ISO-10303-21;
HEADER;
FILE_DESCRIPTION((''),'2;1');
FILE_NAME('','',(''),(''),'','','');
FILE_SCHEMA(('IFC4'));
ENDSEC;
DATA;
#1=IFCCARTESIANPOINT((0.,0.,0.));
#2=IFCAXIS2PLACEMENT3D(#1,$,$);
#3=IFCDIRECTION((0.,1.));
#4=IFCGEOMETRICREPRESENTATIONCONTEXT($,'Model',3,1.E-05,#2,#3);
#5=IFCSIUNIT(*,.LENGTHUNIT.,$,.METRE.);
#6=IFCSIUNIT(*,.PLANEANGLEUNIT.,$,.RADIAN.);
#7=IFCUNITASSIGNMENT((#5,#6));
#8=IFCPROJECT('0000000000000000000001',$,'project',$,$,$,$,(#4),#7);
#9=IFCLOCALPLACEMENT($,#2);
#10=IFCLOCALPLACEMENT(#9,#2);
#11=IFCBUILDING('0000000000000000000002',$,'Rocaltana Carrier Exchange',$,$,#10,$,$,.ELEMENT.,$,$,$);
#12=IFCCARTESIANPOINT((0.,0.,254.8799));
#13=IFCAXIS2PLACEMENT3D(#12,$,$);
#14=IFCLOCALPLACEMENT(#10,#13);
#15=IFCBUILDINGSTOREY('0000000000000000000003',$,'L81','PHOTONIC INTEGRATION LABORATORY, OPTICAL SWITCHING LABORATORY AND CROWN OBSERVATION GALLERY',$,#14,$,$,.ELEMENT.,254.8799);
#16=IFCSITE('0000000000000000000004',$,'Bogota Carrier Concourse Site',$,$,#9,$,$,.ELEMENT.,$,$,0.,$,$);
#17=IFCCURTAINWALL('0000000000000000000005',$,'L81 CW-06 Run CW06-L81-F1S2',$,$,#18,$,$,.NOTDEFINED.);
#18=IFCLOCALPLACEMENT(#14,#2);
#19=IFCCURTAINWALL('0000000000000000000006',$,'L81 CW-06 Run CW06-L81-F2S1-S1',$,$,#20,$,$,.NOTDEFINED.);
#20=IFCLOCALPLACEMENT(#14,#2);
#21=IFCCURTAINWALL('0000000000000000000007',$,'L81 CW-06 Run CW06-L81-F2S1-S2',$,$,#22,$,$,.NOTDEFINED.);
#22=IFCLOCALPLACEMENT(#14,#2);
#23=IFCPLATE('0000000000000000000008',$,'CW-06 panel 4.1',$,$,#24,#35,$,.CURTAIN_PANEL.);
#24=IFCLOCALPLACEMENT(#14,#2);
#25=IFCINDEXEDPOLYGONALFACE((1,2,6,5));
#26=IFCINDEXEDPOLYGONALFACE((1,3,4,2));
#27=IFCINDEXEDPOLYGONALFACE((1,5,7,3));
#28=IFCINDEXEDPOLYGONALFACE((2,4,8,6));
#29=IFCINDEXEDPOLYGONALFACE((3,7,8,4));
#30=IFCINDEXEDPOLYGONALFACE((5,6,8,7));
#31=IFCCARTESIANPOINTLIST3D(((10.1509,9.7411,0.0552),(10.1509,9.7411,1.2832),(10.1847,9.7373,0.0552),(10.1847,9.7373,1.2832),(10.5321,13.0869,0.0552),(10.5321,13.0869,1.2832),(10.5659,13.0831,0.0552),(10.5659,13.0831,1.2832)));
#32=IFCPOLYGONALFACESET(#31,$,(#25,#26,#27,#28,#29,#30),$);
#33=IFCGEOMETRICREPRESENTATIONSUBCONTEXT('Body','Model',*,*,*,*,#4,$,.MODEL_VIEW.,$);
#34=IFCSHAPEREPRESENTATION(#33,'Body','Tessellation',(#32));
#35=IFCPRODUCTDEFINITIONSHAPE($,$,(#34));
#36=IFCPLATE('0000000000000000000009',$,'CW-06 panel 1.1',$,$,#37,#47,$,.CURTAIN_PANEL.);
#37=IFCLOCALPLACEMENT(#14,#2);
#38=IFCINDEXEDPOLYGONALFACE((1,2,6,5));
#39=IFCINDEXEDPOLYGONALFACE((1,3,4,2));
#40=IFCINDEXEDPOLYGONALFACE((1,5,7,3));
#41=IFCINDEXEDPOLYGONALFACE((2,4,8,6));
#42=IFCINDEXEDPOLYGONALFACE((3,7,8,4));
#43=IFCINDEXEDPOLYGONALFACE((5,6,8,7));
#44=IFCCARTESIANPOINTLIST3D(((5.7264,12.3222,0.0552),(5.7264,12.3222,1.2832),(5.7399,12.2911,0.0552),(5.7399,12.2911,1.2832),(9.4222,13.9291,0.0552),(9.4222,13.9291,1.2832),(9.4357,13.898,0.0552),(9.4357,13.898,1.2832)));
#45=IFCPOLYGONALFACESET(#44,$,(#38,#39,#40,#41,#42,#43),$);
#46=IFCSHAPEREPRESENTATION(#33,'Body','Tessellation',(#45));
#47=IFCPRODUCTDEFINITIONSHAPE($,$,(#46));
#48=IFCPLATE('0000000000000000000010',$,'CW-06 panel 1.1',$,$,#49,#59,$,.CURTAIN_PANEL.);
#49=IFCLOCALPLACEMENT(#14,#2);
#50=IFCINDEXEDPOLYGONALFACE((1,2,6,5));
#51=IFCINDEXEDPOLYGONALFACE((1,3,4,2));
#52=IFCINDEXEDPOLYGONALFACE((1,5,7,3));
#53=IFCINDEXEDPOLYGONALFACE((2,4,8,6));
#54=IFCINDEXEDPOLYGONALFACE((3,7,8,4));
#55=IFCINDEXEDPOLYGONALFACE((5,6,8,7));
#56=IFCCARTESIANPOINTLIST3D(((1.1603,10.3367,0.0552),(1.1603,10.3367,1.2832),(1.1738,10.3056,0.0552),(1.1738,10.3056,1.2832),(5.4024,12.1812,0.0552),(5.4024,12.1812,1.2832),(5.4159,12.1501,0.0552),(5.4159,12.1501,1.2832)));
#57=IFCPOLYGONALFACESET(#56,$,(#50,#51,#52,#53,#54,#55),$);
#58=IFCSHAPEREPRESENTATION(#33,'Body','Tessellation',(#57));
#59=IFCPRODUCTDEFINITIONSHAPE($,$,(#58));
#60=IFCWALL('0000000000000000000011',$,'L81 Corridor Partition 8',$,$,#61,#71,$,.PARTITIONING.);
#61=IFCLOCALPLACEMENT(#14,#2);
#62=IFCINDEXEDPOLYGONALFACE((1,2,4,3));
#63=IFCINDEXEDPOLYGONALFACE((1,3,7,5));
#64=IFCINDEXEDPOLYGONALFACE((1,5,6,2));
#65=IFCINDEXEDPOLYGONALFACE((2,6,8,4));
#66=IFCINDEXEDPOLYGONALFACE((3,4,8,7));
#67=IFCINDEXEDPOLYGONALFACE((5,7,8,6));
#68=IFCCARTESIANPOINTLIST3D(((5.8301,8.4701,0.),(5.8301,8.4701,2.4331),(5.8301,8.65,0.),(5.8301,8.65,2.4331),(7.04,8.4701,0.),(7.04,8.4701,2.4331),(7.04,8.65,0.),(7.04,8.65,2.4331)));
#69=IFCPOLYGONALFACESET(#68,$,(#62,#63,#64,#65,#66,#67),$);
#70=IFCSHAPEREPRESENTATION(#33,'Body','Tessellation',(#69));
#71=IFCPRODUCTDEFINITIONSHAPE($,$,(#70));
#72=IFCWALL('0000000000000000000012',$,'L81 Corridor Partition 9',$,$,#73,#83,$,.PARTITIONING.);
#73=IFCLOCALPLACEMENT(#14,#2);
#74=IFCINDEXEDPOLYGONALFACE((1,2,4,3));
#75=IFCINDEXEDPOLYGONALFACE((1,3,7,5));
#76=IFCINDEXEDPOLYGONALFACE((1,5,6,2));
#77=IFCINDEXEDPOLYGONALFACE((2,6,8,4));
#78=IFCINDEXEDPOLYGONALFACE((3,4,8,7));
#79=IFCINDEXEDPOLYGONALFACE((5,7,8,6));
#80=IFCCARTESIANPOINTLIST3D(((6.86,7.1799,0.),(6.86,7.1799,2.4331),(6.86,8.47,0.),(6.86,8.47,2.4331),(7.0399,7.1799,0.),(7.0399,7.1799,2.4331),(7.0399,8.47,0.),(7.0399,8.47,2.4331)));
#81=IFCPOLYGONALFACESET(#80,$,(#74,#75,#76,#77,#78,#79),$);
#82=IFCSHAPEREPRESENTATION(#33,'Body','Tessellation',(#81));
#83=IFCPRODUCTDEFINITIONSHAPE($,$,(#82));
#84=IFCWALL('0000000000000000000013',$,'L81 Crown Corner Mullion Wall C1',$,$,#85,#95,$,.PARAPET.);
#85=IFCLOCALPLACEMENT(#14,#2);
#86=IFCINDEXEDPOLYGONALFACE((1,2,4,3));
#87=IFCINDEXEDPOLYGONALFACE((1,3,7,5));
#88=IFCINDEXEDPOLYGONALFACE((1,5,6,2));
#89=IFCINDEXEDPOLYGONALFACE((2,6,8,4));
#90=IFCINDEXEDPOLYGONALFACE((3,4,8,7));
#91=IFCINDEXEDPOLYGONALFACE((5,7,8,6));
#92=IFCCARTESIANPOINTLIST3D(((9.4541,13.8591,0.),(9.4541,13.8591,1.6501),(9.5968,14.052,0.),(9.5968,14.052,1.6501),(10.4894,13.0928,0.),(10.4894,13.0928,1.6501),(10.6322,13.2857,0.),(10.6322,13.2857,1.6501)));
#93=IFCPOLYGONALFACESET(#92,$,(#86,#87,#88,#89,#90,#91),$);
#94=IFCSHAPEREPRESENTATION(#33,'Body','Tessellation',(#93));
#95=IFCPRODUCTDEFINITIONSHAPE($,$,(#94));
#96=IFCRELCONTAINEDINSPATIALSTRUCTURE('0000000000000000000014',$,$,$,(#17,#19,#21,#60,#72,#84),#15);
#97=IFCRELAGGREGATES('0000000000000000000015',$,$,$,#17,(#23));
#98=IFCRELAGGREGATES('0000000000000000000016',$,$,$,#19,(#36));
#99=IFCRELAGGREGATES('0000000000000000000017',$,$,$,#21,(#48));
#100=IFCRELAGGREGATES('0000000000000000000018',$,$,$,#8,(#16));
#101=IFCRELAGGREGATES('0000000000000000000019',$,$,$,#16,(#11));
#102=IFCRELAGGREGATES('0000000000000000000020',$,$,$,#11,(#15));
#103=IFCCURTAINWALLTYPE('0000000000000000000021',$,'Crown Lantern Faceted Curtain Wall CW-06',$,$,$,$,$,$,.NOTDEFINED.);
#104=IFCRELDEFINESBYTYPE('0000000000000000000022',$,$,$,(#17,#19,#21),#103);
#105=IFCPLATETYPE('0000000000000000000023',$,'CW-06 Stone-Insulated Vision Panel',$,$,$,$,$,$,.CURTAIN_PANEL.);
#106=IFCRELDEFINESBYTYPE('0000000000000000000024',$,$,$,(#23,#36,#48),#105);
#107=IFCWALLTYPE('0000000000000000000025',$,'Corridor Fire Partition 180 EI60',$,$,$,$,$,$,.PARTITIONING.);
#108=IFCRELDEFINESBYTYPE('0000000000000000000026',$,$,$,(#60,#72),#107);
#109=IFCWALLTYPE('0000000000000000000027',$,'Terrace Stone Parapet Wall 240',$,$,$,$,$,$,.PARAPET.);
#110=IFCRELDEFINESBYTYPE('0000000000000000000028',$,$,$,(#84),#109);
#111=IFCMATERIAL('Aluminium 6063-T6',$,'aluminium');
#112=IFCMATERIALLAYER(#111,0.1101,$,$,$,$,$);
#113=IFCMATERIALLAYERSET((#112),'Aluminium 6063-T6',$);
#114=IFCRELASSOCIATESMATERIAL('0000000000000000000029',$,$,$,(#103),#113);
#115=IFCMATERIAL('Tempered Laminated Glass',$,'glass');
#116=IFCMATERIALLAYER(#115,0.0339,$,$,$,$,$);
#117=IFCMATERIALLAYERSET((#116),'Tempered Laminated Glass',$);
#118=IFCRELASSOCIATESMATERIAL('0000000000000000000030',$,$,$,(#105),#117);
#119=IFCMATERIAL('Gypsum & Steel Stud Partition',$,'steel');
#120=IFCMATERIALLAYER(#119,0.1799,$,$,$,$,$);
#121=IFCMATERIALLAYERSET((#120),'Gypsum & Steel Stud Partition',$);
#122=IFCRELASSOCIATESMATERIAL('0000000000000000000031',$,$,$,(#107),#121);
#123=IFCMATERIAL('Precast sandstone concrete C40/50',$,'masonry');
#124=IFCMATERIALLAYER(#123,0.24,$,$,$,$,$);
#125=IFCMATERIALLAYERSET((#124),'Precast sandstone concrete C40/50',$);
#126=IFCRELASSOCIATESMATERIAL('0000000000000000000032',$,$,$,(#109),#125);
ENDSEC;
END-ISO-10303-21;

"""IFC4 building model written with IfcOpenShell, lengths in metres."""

from ifc_helpers import new_model, si_unit, direction, frame, frame_2d, origin, origin_2d, place, context, subcontext, project, spatial, rectangle, extrude, material, layer, layer_set, type_object, element, aggregate, save


model = new_model("IFC4")

# Units and contexts
model_context = context("Model", 3, precision=1e-05, world=origin(), true_north=direction((0.0, 1.0)))
body_context = subcontext(model_context, "Body", "Model", "MODEL_VIEW")
ifc_project = project(units=[si_unit("LENGTHUNIT", "METRE"), si_unit("PLANEANGLEUNIT", "RADIAN")], contexts=[model_context])

# Site, building, storey
site_placement = place(None, origin())
site = spatial("IfcSite", under=ifc_project, at=site_placement, Name="Bogota Carrier Concourse Site", CompositionType="ELEMENT", RefElevation=0.0)
building_placement = place(site_placement, origin())
building = spatial("IfcBuilding", under=site, at=building_placement, Name="Rocaltana Carrier Exchange", CompositionType="ELEMENT")
storey_placement = place(building_placement, frame((0.0, 0.0, 254.8799)))
storey = spatial("IfcBuildingStorey", under=building, at=storey_placement, Name="L81", Description="PHOTONIC INTEGRATION LABORATORY, OPTICAL SWITCHING LABORATORY AND CROWN OBSERVATION GALLERY", CompositionType="ELEMENT", Elevation=254.8799)

# Curtain walls
ifc_material_1 = material(Name="Aluminium 6063-T6", Category="aluminium")
ifc_layer_1 = layer(ifc_material_1, 0.1101)
ifc_layer_set_1 = layer_set([ifc_layer_1], Name="Aluminium 6063-T6")
curtain_wall_type = type_object("IfcCurtainWallType", Name="Crown Lantern Faceted Curtain Wall CW-06", PredefinedType="NOTDEFINED", material=ifc_layer_set_1)
curtain_wall_1_placement = place(storey_placement, origin())
curtain_wall_1 = element("IfcCurtainWall", 1, at=curtain_wall_1_placement, inside=storey, type_object=curtain_wall_type, Name="L81 CW-06 Run CW06-L81-F1S2", PredefinedType="NOTDEFINED")
curtain_wall_2_placement = place(storey_placement, origin())
curtain_wall_2 = element("IfcCurtainWall", 2, at=curtain_wall_2_placement, inside=storey, type_object=curtain_wall_type, Name="L81 CW-06 Run CW06-L81-F2S1-S1", PredefinedType="NOTDEFINED")
curtain_wall_3_placement = place(storey_placement, origin())
curtain_wall_3 = element("IfcCurtainWall", 3, at=curtain_wall_3_placement, inside=storey, type_object=curtain_wall_type, Name="L81 CW-06 Run CW06-L81-F2S1-S2", PredefinedType="NOTDEFINED")

# Plates
ifc_material_2 = material(Name="Tempered Laminated Glass", Category="glass")
ifc_layer_2 = layer(ifc_material_2, 0.0339)
ifc_layer_set_2 = layer_set([ifc_layer_2], Name="Tempered Laminated Glass")
plate_type = type_object("IfcPlateType", Name="CW-06 Stone-Insulated Vision Panel", PredefinedType="CURTAIN_PANEL", material=ifc_layer_set_2)
plate_1_placement = place(storey_placement, frame((10.3584, 11.4121, 0.0552), z_axis=(0.0, 0.0, 1.0), x_axis=(0.113203, 0.993572, 0.0)))
plate_1 = element("IfcPlate", 4, at=plate_1_placement, type_object=plate_type, Name="CW-06 panel 4.1", PredefinedType="CURTAIN_PANEL", context=body_context, shape_type="SweptSolid", body=[
    extrude(rectangle(XDim=3.3674, YDim=0.0339, at=origin_2d()), origin(), (0.0, 0.0, 1.0), 1.228),
])
aggregate(curtain_wall_1, [plate_1])
plate_2_placement = place(storey_placement, frame((7.5811, 13.1101, 0.0552), z_axis=(0.0, 0.0, 1.0), x_axis=(-0.917061, -0.398747, 0.0)))
plate_2 = element("IfcPlate", 5, at=plate_2_placement, type_object=plate_type, Name="CW-06 panel 1.1", PredefinedType="CURTAIN_PANEL", context=body_context, shape_type="SweptSolid", body=[
    extrude(rectangle(XDim=4.03, YDim=0.0339, at=origin_2d()), origin(), (0.0, 0.0, 1.0), 1.228),
])
aggregate(curtain_wall_2, [plate_2])
plate_3_placement = place(storey_placement, frame((3.2881, 11.2434, 0.0552), z_axis=(0.0, 0.0, 1.0), x_axis=(-0.917061, -0.398747, 0.0)))
plate_3 = element("IfcPlate", 6, at=plate_3_placement, type_object=plate_type, Name="CW-06 panel 1.1", PredefinedType="CURTAIN_PANEL", context=body_context, shape_type="SweptSolid", body=[
    extrude(rectangle(XDim=4.6257, YDim=0.0339, at=origin_2d()), origin(), (0.0, 0.0, 1.0), 1.228),
])
aggregate(curtain_wall_3, [plate_3])

# Walls
ifc_material_3 = material(Name="Gypsum & Steel Stud Partition", Category="steel")
ifc_layer_3 = layer(ifc_material_3, 0.1799)
ifc_layer_set_3 = layer_set([ifc_layer_3], Name="Gypsum & Steel Stud Partition")
wall_type_1 = type_object("IfcWallType", Name="Corridor Fire Partition 180 EI60", PredefinedType="PARTITIONING", material=ifc_layer_set_3)
wall_1_placement = place(storey_placement, frame((5.8301, 8.5601, 0.0), z_axis=(0.0, 0.0, 1.0), x_axis=(1.0, 0.0, 0.0)))
element("IfcWall", 7, at=wall_1_placement, inside=storey, type_object=wall_type_1, Name="L81 Corridor Partition 8", PredefinedType="PARTITIONING", context=body_context, shape_type="SweptSolid", body=[
    extrude(rectangle(XDim=1.21, YDim=0.1799, at=frame_2d((0.605, 0.0))), origin(), (0.0, 0.0, 1.0), 2.4331),
])
wall_2_placement = place(storey_placement, frame((6.95, 8.47, 0.0), z_axis=(0.0, 0.0, 1.0), x_axis=(0.0, -1.0, 0.0)))
element("IfcWall", 8, at=wall_2_placement, inside=storey, type_object=wall_type_1, Name="L81 Corridor Partition 9", PredefinedType="PARTITIONING", context=body_context, shape_type="SweptSolid", body=[
    extrude(rectangle(XDim=1.29, YDim=0.1799, at=frame_2d((0.645, 0.0))), origin(), (0.0, 0.0, 1.0), 2.4331),
])
ifc_material_4 = material(Name="Precast sandstone concrete C40/50", Category="masonry")
ifc_layer_4 = layer(ifc_material_4, 0.24)
ifc_layer_set_4 = layer_set([ifc_layer_4], Name="Precast sandstone concrete C40/50")
wall_type_2 = type_object("IfcWallType", Name="Terrace Stone Parapet Wall 240", PredefinedType="PARAPET", material=ifc_layer_set_4)
wall_3_placement = place(storey_placement, frame((10.5608, 13.1892, 0.0), z_axis=(0.0, 0.0, 1.0), x_axis=(-0.803782, 0.594924, 0.0)))
element("IfcWall", 9, at=wall_3_placement, inside=storey, type_object=wall_type_2, Name="L81 Crown Corner Mullion Wall C1", PredefinedType="PARAPET", context=body_context, shape_type="SweptSolid", body=[
    extrude(rectangle(XDim=1.2881, YDim=0.24, at=frame_2d((0.644, 0.0))), origin(), (0.0, 0.0, 1.0), 1.6501),
])

save(model, "model.ifc")
